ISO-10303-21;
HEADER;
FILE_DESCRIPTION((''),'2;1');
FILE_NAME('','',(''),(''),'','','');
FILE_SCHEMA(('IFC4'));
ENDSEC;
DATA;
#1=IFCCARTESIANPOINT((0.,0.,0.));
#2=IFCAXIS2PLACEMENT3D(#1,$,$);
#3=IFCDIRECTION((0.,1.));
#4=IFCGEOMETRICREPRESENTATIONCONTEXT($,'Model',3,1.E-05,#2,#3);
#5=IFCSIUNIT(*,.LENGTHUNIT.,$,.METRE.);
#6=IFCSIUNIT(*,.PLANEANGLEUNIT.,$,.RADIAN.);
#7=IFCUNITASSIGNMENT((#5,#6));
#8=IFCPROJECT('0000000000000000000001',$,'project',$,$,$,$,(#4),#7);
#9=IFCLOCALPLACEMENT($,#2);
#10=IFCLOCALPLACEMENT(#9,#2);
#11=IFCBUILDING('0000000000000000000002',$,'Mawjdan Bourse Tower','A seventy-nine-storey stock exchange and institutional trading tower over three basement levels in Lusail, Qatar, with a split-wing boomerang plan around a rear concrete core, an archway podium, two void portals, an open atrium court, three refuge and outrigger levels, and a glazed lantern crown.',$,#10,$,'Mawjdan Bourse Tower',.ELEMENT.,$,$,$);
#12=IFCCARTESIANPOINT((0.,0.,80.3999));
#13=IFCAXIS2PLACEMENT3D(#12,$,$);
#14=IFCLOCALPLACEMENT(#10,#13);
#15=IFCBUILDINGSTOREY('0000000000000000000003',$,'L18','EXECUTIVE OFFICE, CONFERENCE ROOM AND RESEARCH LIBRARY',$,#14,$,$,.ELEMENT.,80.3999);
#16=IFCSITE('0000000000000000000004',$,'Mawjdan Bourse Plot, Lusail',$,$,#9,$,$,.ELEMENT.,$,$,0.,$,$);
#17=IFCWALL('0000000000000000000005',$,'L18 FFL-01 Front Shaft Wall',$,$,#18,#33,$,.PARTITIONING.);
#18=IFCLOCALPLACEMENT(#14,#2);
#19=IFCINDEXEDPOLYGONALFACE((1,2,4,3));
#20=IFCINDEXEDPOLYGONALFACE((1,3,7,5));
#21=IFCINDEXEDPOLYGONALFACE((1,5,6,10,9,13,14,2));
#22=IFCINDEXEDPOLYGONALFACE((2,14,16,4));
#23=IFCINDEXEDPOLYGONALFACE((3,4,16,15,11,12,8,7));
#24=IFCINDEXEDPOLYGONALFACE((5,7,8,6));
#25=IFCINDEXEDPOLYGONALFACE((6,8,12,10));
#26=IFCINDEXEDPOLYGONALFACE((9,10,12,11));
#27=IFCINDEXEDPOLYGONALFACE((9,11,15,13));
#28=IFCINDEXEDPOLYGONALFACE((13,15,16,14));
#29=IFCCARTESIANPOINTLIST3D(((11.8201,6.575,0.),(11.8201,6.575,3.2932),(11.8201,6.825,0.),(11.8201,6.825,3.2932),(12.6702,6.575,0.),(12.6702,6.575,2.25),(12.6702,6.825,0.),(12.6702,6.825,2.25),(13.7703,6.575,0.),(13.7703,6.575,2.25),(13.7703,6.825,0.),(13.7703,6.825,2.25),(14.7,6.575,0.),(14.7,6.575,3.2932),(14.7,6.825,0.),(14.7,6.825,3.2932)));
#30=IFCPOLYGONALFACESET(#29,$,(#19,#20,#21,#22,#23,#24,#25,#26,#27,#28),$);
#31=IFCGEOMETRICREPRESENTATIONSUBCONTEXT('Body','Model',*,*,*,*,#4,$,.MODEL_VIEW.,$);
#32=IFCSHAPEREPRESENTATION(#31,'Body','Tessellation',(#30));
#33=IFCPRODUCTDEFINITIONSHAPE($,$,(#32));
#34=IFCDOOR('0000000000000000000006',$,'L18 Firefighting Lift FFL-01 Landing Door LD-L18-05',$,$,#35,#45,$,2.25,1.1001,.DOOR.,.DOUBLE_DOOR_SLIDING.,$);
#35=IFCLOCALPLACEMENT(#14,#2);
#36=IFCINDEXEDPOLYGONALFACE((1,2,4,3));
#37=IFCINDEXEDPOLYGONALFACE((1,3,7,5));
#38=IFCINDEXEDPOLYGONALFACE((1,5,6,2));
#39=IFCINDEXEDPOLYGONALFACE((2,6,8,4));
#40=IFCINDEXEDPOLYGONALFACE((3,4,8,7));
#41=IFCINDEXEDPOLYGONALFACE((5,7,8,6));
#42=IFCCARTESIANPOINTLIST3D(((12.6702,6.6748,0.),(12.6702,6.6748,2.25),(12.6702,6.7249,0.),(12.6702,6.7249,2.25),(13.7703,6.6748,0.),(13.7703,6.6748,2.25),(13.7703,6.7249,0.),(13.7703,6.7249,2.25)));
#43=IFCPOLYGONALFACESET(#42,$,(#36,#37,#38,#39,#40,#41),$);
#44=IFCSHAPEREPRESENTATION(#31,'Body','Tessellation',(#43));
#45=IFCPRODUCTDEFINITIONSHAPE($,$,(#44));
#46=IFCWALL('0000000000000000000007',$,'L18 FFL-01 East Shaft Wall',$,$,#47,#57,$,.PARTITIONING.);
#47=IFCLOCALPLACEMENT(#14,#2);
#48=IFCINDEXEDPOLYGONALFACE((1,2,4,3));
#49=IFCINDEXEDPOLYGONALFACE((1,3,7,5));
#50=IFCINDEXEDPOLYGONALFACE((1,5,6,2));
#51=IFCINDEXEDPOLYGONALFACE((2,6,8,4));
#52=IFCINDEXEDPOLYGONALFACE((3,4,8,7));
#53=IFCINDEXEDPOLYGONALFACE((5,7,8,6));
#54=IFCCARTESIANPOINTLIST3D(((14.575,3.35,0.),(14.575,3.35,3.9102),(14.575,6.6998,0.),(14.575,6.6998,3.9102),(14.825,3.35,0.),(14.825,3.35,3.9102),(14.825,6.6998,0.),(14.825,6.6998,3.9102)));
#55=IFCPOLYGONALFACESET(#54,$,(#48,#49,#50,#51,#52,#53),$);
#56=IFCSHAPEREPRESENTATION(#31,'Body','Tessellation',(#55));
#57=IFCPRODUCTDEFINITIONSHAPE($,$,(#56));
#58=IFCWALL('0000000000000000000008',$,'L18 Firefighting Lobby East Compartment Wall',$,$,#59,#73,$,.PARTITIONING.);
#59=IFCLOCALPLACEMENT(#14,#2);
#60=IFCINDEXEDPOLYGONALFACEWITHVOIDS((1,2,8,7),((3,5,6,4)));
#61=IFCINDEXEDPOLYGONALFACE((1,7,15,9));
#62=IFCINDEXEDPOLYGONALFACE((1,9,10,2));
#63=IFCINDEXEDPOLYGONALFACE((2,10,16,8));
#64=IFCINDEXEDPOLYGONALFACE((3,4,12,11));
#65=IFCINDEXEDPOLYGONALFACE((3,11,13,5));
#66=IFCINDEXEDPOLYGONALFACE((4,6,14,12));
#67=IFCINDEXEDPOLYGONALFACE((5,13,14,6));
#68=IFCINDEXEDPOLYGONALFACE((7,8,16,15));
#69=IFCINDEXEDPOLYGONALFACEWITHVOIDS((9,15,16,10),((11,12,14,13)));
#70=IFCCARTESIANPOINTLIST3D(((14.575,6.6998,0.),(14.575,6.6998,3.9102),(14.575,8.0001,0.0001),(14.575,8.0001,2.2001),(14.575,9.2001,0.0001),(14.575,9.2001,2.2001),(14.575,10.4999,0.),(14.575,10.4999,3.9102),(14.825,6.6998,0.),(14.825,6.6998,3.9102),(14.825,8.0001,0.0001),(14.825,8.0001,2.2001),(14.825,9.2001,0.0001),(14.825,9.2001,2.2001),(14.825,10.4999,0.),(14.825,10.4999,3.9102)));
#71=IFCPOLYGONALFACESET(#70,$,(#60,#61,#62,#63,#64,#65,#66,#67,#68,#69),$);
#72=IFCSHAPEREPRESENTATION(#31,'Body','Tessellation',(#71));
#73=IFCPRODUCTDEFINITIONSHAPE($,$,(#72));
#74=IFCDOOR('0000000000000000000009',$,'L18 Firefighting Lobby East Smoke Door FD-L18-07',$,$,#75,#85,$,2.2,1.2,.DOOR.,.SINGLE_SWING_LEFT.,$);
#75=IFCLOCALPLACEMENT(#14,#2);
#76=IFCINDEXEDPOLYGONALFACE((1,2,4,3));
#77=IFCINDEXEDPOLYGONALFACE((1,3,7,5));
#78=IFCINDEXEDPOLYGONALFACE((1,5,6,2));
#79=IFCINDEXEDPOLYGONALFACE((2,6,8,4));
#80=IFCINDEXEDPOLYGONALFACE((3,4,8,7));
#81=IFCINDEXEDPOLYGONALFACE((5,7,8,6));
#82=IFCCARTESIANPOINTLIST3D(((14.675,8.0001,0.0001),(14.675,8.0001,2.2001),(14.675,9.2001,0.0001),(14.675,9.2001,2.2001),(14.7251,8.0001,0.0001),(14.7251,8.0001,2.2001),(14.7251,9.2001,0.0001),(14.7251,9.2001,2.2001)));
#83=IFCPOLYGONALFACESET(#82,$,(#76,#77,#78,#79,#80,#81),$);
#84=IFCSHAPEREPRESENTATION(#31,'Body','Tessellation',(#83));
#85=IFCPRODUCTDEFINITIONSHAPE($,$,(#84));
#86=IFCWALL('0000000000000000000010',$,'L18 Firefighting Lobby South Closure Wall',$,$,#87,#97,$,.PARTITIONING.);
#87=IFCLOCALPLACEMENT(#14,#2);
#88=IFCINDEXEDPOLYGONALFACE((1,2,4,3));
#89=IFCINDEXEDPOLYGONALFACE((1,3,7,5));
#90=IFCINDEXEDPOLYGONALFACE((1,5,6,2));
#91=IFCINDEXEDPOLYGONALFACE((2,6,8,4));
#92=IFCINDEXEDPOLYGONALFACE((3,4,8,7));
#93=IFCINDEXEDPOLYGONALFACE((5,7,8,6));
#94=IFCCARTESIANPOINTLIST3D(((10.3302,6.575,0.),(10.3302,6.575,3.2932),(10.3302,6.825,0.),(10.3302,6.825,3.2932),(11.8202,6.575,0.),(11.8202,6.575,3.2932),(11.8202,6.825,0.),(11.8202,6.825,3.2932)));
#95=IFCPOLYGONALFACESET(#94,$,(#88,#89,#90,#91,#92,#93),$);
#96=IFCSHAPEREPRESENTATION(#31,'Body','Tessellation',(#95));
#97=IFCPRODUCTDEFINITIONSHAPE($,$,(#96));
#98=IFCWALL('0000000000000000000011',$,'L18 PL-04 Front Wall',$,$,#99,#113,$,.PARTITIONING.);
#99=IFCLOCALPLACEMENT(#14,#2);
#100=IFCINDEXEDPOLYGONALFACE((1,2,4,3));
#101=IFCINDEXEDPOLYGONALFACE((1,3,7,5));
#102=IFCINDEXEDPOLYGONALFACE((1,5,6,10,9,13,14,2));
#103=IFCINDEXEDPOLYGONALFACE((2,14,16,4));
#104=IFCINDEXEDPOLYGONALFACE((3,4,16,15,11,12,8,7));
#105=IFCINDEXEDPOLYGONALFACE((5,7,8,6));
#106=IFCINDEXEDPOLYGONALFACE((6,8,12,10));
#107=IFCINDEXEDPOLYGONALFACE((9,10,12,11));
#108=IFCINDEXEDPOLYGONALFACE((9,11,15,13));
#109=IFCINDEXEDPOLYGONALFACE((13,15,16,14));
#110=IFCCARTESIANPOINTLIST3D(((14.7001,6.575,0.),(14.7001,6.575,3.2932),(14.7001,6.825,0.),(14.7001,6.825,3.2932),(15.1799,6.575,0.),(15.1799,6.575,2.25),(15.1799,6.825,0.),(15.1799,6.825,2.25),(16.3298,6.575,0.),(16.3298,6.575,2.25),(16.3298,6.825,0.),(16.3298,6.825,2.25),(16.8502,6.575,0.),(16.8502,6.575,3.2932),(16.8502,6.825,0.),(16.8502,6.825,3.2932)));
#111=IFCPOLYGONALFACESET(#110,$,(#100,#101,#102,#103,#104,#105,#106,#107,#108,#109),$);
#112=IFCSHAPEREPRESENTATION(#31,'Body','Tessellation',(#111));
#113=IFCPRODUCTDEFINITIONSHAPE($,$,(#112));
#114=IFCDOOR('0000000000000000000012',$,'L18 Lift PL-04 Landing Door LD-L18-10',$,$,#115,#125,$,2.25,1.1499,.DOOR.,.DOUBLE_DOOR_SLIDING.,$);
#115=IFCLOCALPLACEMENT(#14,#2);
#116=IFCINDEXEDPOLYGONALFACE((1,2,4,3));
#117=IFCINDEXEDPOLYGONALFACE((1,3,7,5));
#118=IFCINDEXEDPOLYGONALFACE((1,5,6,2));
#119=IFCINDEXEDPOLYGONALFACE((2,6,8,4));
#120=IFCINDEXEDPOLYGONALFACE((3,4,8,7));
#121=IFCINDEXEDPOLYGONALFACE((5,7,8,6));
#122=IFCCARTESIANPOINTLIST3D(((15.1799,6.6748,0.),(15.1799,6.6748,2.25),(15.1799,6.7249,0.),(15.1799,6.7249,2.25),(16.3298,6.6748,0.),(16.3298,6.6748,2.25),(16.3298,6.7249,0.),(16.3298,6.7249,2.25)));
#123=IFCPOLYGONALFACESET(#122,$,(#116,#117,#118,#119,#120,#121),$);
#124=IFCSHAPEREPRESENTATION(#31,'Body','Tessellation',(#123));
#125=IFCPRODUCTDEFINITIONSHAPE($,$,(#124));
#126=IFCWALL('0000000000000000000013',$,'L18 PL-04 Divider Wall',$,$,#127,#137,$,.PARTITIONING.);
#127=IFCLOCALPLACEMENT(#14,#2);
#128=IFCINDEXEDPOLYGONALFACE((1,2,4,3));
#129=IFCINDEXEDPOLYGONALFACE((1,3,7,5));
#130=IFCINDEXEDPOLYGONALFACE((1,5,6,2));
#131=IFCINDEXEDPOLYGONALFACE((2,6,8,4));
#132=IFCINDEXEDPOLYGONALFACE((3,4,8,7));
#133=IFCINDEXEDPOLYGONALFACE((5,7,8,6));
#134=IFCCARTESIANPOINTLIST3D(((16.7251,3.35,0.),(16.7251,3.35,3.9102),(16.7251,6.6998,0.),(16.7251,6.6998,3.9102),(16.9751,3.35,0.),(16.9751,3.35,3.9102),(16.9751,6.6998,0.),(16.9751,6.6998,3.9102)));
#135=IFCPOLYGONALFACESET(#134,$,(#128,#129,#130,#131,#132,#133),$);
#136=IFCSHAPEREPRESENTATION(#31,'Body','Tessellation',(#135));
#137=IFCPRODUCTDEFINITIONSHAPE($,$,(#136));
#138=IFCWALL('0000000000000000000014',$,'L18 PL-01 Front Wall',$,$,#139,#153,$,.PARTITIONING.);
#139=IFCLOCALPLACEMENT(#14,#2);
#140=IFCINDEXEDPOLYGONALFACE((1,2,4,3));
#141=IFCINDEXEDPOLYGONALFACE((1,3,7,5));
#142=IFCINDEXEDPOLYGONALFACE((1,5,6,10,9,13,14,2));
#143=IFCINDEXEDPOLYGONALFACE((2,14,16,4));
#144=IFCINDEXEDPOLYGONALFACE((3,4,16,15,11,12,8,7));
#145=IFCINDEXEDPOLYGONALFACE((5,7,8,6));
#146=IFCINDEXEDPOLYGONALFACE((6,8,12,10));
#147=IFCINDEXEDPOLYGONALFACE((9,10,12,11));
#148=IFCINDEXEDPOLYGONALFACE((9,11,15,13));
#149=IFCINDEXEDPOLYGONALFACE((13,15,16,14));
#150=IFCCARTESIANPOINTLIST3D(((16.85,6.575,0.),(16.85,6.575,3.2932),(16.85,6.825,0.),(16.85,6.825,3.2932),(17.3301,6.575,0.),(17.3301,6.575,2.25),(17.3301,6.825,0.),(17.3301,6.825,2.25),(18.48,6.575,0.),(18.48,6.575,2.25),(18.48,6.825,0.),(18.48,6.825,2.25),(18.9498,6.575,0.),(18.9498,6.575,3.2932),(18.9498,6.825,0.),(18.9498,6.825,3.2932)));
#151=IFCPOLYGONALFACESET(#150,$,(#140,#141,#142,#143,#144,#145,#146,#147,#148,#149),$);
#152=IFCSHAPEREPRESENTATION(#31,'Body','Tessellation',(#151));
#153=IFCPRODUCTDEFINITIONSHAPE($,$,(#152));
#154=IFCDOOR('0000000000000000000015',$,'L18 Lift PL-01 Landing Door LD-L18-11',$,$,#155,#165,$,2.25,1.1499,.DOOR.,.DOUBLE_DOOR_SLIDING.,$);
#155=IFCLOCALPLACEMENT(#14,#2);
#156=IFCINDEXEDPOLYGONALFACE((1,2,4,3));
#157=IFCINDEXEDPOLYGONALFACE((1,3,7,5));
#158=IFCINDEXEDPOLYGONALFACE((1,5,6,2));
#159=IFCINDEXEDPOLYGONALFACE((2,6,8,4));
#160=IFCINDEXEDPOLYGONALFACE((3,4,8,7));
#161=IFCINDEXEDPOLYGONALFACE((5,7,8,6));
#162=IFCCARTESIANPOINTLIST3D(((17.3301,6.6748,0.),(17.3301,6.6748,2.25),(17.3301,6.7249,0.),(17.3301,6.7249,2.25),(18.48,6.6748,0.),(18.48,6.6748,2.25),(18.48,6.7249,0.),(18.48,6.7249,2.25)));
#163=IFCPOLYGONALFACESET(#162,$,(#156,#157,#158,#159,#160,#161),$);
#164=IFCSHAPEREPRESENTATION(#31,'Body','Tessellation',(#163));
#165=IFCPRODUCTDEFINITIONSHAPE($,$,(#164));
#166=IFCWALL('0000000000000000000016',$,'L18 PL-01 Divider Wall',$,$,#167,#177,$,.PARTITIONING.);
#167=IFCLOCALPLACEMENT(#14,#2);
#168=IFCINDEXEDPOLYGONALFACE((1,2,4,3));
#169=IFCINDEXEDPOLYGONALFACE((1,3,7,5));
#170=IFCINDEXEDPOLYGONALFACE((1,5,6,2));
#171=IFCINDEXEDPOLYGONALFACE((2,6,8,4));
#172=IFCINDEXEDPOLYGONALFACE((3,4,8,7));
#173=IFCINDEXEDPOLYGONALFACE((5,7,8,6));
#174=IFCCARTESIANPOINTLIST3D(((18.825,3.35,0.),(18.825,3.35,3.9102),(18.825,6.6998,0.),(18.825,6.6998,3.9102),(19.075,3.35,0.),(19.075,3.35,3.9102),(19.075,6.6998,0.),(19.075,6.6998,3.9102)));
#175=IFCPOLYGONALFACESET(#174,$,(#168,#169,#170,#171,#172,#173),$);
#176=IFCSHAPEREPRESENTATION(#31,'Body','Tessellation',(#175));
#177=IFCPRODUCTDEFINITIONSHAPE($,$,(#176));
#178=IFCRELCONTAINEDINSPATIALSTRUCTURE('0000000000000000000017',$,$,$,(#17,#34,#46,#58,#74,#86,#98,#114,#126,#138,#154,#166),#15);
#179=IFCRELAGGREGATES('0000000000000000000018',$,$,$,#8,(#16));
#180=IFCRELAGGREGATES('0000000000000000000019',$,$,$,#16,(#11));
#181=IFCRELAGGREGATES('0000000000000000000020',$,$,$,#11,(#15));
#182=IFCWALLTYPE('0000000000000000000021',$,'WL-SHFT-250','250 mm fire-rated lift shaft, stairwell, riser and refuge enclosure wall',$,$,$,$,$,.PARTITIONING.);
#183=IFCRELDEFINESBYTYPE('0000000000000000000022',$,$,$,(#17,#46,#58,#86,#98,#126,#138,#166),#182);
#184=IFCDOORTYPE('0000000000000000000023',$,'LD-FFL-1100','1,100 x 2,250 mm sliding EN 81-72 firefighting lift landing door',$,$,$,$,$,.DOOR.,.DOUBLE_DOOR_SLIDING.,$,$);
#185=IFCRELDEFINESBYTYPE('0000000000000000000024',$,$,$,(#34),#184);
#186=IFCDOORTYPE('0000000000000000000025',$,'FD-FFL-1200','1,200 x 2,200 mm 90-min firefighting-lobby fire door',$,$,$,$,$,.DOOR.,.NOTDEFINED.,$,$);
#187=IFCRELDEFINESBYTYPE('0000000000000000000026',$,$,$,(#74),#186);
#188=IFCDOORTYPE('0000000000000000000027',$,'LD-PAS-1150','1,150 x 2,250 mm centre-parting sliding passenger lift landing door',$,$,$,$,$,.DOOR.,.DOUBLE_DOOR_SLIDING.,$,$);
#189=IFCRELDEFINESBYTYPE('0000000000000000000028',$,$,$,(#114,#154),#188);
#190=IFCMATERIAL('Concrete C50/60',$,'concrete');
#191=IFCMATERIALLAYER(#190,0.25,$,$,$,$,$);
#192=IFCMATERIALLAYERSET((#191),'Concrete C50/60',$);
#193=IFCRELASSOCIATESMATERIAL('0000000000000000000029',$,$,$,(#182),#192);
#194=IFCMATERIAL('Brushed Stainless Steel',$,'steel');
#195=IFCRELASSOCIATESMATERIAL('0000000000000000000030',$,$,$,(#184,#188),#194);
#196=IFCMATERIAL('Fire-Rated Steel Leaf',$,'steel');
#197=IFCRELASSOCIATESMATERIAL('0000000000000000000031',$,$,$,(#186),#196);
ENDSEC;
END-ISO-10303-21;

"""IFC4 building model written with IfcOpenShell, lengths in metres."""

from ifc_helpers import new_model, si_unit, direction, frame, frame_2d, origin, place, context, subcontext, project, spatial, rectangle, extrude, material, layer, layer_set, type_object, element, fill, save


model = new_model("IFC4")

# Units and contexts
model_context = context("Model", 3, precision=1e-05, world=origin(), true_north=direction((0.0, 1.0)))
body_context = subcontext(model_context, "Body", "Model", "MODEL_VIEW")
ifc_project = project(units=[si_unit("LENGTHUNIT", "METRE"), si_unit("PLANEANGLEUNIT", "RADIAN")], contexts=[model_context])

# Site, building, storey
site_placement = place(None, origin())
site = spatial("IfcSite", under=ifc_project, at=site_placement, Name="Mawjdan Bourse Plot, Lusail", CompositionType="ELEMENT", RefElevation=0.0)
building_placement = place(site_placement, origin())
building = spatial("IfcBuilding", under=site, at=building_placement, Name="Mawjdan Bourse Tower", Description="A seventy-nine-storey stock exchange and institutional trading tower over three basement levels in Lusail, Qatar, with a split-wing boomerang plan around a rear concrete core, an archway podium, two void portals, an open atrium court, three refuge and outrigger levels, and a glazed lantern crown.", LongName="Mawjdan Bourse Tower", CompositionType="ELEMENT")
storey_placement = place(building_placement, frame((0.0, 0.0, 80.3999)))
storey = spatial("IfcBuildingStorey", under=building, at=storey_placement, Name="L18", Description="EXECUTIVE OFFICE, CONFERENCE ROOM AND RESEARCH LIBRARY", CompositionType="ELEMENT", Elevation=80.3999)

# Shared definitions
ifc_material_1 = material(Name="Concrete C50/60", Category="concrete")
ifc_layer_1 = layer(ifc_material_1, 0.25)
ifc_layer_set_1 = layer_set([ifc_layer_1], Name="Concrete C50/60")
wall_type_1 = type_object("IfcWallType", Name="WL-SHFT-250", Description="250 mm fire-rated lift shaft, stairwell, riser and refuge enclosure wall", PredefinedType="PARTITIONING", material=ifc_layer_set_1)

# Wall, opening, door
wall_1_placement = place(storey_placement, frame((11.8201, 6.7, 0.0), z_axis=(0.0, 0.0, 1.0), x_axis=(1.0, 0.0, 0.0)))
wall_1 = element("IfcWall", 1, at=wall_1_placement, inside=storey, type_object=wall_type_1, Name="L18 FFL-01 Front Shaft Wall", PredefinedType="PARTITIONING", context=body_context, shape_type="SweptSolid", body=[
    extrude(rectangle(XDim=2.8799, YDim=0.25, at=frame_2d((1.4399, 0.0))), origin(), (0.0, 0.0, 1.0), 3.2932),
])
opening_1_placement = place(wall_1_placement, frame((0.8501, 0.0, 0.0)))
opening_1 = element("IfcOpeningElement", 2, at=opening_1_placement, cuts=wall_1, PredefinedType="OPENING", context=body_context, shape_type="SweptSolid", body=[
    extrude(rectangle(XDim=1.1001, YDim=2.25, at=frame_2d((0.55, 1.125))), frame((0.0, 0.135, 0.0), z_axis=(0.0, -1.0, 0.0), x_axis=(1.0, 0.0, 0.0)), (0.0, 0.0, 1.0), 0.27),
])
ifc_material_2 = material(Name="Brushed Stainless Steel", Category="steel")
door_type_1 = type_object("IfcDoorType", Name="LD-FFL-1100", Description="1,100 x 2,250 mm sliding EN 81-72 firefighting lift landing door", OperationType="DOUBLE_DOOR_SLIDING", PredefinedType="DOOR", material=ifc_material_2)
door_1_placement = place(opening_1_placement, origin())
door_1 = element("IfcDoor", 3, at=door_1_placement, inside=storey, type_object=door_type_1, Name="L18 Firefighting Lift FFL-01 Landing Door LD-L18-05", OperationType="DOUBLE_DOOR_SLIDING", OverallHeight=2.25, OverallWidth=1.1001, PredefinedType="DOOR", context=body_context, shape_type="SweptSolid", body=[
    extrude(rectangle(XDim=1.1001, YDim=2.25, at=frame_2d((0.55, 1.125))), frame((0.0, 0.0249, 0.0), z_axis=(0.0, -1.0, 0.0), x_axis=(1.0, 0.0, 0.0)), (0.0, 0.0, 1.0), 0.05),
])
fill(opening_1, door_1)

# Wall
wall_2_placement = place(storey_placement, frame((14.7, 3.3501, 0.0), z_axis=(0.0, 0.0, 1.0), x_axis=(0.0, 1.0, 0.0)))
element("IfcWall", 4, at=wall_2_placement, inside=storey, type_object=wall_type_1, Name="L18 FFL-01 East Shaft Wall", PredefinedType="PARTITIONING", context=body_context, shape_type="SweptSolid", body=[
    extrude(rectangle(XDim=3.3499, YDim=0.25, at=frame_2d((1.6748, 0.0))), origin(), (0.0, 0.0, 1.0), 3.9102),
])

# Wall, opening, door
wall_3_placement = place(storey_placement, frame((14.7, 6.7, 0.0), z_axis=(0.0, 0.0, 1.0), x_axis=(0.0, 1.0, 0.0)))
wall_3 = element("IfcWall", 5, at=wall_3_placement, inside=storey, type_object=wall_type_1, Name="L18 Firefighting Lobby East Compartment Wall", PredefinedType="PARTITIONING", context=body_context, shape_type="SweptSolid", body=[
    extrude(rectangle(XDim=3.8, YDim=0.25, at=frame_2d((1.8999, 0.0))), origin(), (0.0, 0.0, 1.0), 3.9102),
])
opening_2_placement = place(wall_3_placement, frame((1.3, 0.0, 0.0)))
opening_2 = element("IfcOpeningElement", 6, at=opening_2_placement, cuts=wall_3, PredefinedType="OPENING", context=body_context, shape_type="SweptSolid", body=[
    extrude(rectangle(XDim=1.2, YDim=2.2, at=frame_2d((0.6001, 1.1001))), frame((0.0, 0.135, 0.0), z_axis=(0.0, -1.0, 0.0), x_axis=(1.0, 0.0, 0.0)), (0.0, 0.0, 1.0), 0.27),
])
ifc_material_3 = material(Name="Fire-Rated Steel Leaf", Category="steel")
door_type_2 = type_object("IfcDoorType", Name="FD-FFL-1200", Description="1,200 x 2,200 mm 90-min firefighting-lobby fire door", OperationType="NOTDEFINED", PredefinedType="DOOR", material=ifc_material_3)
door_2_placement = place(opening_2_placement, origin())
door_2 = element("IfcDoor", 7, at=door_2_placement, inside=storey, type_object=door_type_2, Name="L18 Firefighting Lobby East Smoke Door FD-L18-07", OperationType="SINGLE_SWING_LEFT", OverallHeight=2.2, OverallWidth=1.2, PredefinedType="DOOR", context=body_context, shape_type="SweptSolid", body=[
    extrude(rectangle(XDim=1.2, YDim=2.2, at=frame_2d((0.6001, 1.1001))), frame((0.0, 0.0249, 0.0), z_axis=(0.0, -1.0, 0.0), x_axis=(1.0, 0.0, 0.0)), (0.0, 0.0, 1.0), 0.05),
])
fill(opening_2, door_2)

# Wall
wall_4_placement = place(storey_placement, frame((10.3301, 6.7, 0.0), z_axis=(0.0, 0.0, 1.0), x_axis=(1.0, 0.0, 0.0)))
element("IfcWall", 8, at=wall_4_placement, inside=storey, type_object=wall_type_1, Name="L18 Firefighting Lobby South Closure Wall", PredefinedType="PARTITIONING", context=body_context, shape_type="SweptSolid", body=[
    extrude(rectangle(XDim=1.49, YDim=0.25, at=frame_2d((0.7451, 0.0))), origin(), (0.0, 0.0, 1.0), 3.2932),
])

# Wall, opening, door
wall_5_placement = place(storey_placement, frame((14.7, 6.7, 0.0), z_axis=(0.0, 0.0, 1.0), x_axis=(1.0, 0.0, 0.0)))
wall_5 = element("IfcWall", 9, at=wall_5_placement, inside=storey, type_object=wall_type_1, Name="L18 PL-04 Front Wall", PredefinedType="PARTITIONING", context=body_context, shape_type="SweptSolid", body=[
    extrude(rectangle(XDim=2.1501, YDim=0.25, at=frame_2d((1.0752, 0.0))), origin(), (0.0, 0.0, 1.0), 3.2932),
])
opening_3_placement = place(wall_5_placement, frame((0.48, 0.0, 0.0)))
opening_3 = element("IfcOpeningElement", 10, at=opening_3_placement, cuts=wall_5, PredefinedType="OPENING", context=body_context, shape_type="SweptSolid", body=[
    extrude(rectangle(XDim=1.1499, YDim=2.25, at=frame_2d((0.575, 1.125))), frame((0.0, 0.135, 0.0), z_axis=(0.0, -1.0, 0.0), x_axis=(1.0, 0.0, 0.0)), (0.0, 0.0, 1.0), 0.27),
])
door_type_3 = type_object("IfcDoorType", Name="LD-PAS-1150", Description="1,150 x 2,250 mm centre-parting sliding passenger lift landing door", OperationType="DOUBLE_DOOR_SLIDING", PredefinedType="DOOR", material=ifc_material_2)
door_3_placement = place(opening_3_placement, origin())
door_3 = element("IfcDoor", 11, at=door_3_placement, inside=storey, type_object=door_type_3, Name="L18 Lift PL-04 Landing Door LD-L18-10", OperationType="DOUBLE_DOOR_SLIDING", OverallHeight=2.25, OverallWidth=1.1499, PredefinedType="DOOR", context=body_context, shape_type="SweptSolid", body=[
    extrude(rectangle(XDim=1.1499, YDim=2.25, at=frame_2d((0.575, 1.125))), frame((0.0, 0.0249, 0.0), z_axis=(0.0, -1.0, 0.0), x_axis=(1.0, 0.0, 0.0)), (0.0, 0.0, 1.0), 0.05),
])
fill(opening_3, door_3)

# Wall
wall_6_placement = place(storey_placement, frame((16.8501, 3.3501, 0.0), z_axis=(0.0, 0.0, 1.0), x_axis=(0.0, 1.0, 0.0)))
element("IfcWall", 12, at=wall_6_placement, inside=storey, type_object=wall_type_1, Name="L18 PL-04 Divider Wall", PredefinedType="PARTITIONING", context=body_context, shape_type="SweptSolid", body=[
    extrude(rectangle(XDim=3.3499, YDim=0.25, at=frame_2d((1.6748, 0.0))), origin(), (0.0, 0.0, 1.0), 3.9102),
])

# Wall, opening, door
wall_7_placement = place(storey_placement, frame((16.8501, 6.7, 0.0), z_axis=(0.0, 0.0, 1.0), x_axis=(1.0, 0.0, 0.0)))
wall_7 = element("IfcWall", 13, at=wall_7_placement, inside=storey, type_object=wall_type_1, Name="L18 PL-01 Front Wall", PredefinedType="PARTITIONING", context=body_context, shape_type="SweptSolid", body=[
    extrude(rectangle(XDim=2.0999, YDim=0.25, at=frame_2d((1.0498, 0.0))), origin(), (0.0, 0.0, 1.0), 3.2932),
])
opening_4_placement = place(wall_7_placement, frame((0.48, 0.0, 0.0)))
opening_4 = element("IfcOpeningElement", 14, at=opening_4_placement, cuts=wall_7, PredefinedType="OPENING", context=body_context, shape_type="SweptSolid", body=[
    extrude(rectangle(XDim=1.1499, YDim=2.25, at=frame_2d((0.575, 1.125))), frame((0.0, 0.135, 0.0), z_axis=(0.0, -1.0, 0.0), x_axis=(1.0, 0.0, 0.0)), (0.0, 0.0, 1.0), 0.27),
])
door_4_placement = place(opening_4_placement, origin())
door_4 = element("IfcDoor", 15, at=door_4_placement, inside=storey, type_object=door_type_3, Name="L18 Lift PL-01 Landing Door LD-L18-11", OperationType="DOUBLE_DOOR_SLIDING", OverallHeight=2.25, OverallWidth=1.1499, PredefinedType="DOOR", context=body_context, shape_type="SweptSolid", body=[
    extrude(rectangle(XDim=1.1499, YDim=2.25, at=frame_2d((0.575, 1.125))), frame((0.0, 0.0249, 0.0), z_axis=(0.0, -1.0, 0.0), x_axis=(1.0, 0.0, 0.0)), (0.0, 0.0, 1.0), 0.05),
])
fill(opening_4, door_4)

# Wall
wall_8_placement = place(storey_placement, frame((18.95, 3.3501, 0.0), z_axis=(0.0, 0.0, 1.0), x_axis=(0.0, 1.0, 0.0)))
element("IfcWall", 16, at=wall_8_placement, inside=storey, type_object=wall_type_1, Name="L18 PL-01 Divider Wall", PredefinedType="PARTITIONING", context=body_context, shape_type="SweptSolid", body=[
    extrude(rectangle(XDim=3.3499, YDim=0.25, at=frame_2d((1.6748, 0.0))), origin(), (0.0, 0.0, 1.0), 3.9102),
])

save(model, "model.ifc")
